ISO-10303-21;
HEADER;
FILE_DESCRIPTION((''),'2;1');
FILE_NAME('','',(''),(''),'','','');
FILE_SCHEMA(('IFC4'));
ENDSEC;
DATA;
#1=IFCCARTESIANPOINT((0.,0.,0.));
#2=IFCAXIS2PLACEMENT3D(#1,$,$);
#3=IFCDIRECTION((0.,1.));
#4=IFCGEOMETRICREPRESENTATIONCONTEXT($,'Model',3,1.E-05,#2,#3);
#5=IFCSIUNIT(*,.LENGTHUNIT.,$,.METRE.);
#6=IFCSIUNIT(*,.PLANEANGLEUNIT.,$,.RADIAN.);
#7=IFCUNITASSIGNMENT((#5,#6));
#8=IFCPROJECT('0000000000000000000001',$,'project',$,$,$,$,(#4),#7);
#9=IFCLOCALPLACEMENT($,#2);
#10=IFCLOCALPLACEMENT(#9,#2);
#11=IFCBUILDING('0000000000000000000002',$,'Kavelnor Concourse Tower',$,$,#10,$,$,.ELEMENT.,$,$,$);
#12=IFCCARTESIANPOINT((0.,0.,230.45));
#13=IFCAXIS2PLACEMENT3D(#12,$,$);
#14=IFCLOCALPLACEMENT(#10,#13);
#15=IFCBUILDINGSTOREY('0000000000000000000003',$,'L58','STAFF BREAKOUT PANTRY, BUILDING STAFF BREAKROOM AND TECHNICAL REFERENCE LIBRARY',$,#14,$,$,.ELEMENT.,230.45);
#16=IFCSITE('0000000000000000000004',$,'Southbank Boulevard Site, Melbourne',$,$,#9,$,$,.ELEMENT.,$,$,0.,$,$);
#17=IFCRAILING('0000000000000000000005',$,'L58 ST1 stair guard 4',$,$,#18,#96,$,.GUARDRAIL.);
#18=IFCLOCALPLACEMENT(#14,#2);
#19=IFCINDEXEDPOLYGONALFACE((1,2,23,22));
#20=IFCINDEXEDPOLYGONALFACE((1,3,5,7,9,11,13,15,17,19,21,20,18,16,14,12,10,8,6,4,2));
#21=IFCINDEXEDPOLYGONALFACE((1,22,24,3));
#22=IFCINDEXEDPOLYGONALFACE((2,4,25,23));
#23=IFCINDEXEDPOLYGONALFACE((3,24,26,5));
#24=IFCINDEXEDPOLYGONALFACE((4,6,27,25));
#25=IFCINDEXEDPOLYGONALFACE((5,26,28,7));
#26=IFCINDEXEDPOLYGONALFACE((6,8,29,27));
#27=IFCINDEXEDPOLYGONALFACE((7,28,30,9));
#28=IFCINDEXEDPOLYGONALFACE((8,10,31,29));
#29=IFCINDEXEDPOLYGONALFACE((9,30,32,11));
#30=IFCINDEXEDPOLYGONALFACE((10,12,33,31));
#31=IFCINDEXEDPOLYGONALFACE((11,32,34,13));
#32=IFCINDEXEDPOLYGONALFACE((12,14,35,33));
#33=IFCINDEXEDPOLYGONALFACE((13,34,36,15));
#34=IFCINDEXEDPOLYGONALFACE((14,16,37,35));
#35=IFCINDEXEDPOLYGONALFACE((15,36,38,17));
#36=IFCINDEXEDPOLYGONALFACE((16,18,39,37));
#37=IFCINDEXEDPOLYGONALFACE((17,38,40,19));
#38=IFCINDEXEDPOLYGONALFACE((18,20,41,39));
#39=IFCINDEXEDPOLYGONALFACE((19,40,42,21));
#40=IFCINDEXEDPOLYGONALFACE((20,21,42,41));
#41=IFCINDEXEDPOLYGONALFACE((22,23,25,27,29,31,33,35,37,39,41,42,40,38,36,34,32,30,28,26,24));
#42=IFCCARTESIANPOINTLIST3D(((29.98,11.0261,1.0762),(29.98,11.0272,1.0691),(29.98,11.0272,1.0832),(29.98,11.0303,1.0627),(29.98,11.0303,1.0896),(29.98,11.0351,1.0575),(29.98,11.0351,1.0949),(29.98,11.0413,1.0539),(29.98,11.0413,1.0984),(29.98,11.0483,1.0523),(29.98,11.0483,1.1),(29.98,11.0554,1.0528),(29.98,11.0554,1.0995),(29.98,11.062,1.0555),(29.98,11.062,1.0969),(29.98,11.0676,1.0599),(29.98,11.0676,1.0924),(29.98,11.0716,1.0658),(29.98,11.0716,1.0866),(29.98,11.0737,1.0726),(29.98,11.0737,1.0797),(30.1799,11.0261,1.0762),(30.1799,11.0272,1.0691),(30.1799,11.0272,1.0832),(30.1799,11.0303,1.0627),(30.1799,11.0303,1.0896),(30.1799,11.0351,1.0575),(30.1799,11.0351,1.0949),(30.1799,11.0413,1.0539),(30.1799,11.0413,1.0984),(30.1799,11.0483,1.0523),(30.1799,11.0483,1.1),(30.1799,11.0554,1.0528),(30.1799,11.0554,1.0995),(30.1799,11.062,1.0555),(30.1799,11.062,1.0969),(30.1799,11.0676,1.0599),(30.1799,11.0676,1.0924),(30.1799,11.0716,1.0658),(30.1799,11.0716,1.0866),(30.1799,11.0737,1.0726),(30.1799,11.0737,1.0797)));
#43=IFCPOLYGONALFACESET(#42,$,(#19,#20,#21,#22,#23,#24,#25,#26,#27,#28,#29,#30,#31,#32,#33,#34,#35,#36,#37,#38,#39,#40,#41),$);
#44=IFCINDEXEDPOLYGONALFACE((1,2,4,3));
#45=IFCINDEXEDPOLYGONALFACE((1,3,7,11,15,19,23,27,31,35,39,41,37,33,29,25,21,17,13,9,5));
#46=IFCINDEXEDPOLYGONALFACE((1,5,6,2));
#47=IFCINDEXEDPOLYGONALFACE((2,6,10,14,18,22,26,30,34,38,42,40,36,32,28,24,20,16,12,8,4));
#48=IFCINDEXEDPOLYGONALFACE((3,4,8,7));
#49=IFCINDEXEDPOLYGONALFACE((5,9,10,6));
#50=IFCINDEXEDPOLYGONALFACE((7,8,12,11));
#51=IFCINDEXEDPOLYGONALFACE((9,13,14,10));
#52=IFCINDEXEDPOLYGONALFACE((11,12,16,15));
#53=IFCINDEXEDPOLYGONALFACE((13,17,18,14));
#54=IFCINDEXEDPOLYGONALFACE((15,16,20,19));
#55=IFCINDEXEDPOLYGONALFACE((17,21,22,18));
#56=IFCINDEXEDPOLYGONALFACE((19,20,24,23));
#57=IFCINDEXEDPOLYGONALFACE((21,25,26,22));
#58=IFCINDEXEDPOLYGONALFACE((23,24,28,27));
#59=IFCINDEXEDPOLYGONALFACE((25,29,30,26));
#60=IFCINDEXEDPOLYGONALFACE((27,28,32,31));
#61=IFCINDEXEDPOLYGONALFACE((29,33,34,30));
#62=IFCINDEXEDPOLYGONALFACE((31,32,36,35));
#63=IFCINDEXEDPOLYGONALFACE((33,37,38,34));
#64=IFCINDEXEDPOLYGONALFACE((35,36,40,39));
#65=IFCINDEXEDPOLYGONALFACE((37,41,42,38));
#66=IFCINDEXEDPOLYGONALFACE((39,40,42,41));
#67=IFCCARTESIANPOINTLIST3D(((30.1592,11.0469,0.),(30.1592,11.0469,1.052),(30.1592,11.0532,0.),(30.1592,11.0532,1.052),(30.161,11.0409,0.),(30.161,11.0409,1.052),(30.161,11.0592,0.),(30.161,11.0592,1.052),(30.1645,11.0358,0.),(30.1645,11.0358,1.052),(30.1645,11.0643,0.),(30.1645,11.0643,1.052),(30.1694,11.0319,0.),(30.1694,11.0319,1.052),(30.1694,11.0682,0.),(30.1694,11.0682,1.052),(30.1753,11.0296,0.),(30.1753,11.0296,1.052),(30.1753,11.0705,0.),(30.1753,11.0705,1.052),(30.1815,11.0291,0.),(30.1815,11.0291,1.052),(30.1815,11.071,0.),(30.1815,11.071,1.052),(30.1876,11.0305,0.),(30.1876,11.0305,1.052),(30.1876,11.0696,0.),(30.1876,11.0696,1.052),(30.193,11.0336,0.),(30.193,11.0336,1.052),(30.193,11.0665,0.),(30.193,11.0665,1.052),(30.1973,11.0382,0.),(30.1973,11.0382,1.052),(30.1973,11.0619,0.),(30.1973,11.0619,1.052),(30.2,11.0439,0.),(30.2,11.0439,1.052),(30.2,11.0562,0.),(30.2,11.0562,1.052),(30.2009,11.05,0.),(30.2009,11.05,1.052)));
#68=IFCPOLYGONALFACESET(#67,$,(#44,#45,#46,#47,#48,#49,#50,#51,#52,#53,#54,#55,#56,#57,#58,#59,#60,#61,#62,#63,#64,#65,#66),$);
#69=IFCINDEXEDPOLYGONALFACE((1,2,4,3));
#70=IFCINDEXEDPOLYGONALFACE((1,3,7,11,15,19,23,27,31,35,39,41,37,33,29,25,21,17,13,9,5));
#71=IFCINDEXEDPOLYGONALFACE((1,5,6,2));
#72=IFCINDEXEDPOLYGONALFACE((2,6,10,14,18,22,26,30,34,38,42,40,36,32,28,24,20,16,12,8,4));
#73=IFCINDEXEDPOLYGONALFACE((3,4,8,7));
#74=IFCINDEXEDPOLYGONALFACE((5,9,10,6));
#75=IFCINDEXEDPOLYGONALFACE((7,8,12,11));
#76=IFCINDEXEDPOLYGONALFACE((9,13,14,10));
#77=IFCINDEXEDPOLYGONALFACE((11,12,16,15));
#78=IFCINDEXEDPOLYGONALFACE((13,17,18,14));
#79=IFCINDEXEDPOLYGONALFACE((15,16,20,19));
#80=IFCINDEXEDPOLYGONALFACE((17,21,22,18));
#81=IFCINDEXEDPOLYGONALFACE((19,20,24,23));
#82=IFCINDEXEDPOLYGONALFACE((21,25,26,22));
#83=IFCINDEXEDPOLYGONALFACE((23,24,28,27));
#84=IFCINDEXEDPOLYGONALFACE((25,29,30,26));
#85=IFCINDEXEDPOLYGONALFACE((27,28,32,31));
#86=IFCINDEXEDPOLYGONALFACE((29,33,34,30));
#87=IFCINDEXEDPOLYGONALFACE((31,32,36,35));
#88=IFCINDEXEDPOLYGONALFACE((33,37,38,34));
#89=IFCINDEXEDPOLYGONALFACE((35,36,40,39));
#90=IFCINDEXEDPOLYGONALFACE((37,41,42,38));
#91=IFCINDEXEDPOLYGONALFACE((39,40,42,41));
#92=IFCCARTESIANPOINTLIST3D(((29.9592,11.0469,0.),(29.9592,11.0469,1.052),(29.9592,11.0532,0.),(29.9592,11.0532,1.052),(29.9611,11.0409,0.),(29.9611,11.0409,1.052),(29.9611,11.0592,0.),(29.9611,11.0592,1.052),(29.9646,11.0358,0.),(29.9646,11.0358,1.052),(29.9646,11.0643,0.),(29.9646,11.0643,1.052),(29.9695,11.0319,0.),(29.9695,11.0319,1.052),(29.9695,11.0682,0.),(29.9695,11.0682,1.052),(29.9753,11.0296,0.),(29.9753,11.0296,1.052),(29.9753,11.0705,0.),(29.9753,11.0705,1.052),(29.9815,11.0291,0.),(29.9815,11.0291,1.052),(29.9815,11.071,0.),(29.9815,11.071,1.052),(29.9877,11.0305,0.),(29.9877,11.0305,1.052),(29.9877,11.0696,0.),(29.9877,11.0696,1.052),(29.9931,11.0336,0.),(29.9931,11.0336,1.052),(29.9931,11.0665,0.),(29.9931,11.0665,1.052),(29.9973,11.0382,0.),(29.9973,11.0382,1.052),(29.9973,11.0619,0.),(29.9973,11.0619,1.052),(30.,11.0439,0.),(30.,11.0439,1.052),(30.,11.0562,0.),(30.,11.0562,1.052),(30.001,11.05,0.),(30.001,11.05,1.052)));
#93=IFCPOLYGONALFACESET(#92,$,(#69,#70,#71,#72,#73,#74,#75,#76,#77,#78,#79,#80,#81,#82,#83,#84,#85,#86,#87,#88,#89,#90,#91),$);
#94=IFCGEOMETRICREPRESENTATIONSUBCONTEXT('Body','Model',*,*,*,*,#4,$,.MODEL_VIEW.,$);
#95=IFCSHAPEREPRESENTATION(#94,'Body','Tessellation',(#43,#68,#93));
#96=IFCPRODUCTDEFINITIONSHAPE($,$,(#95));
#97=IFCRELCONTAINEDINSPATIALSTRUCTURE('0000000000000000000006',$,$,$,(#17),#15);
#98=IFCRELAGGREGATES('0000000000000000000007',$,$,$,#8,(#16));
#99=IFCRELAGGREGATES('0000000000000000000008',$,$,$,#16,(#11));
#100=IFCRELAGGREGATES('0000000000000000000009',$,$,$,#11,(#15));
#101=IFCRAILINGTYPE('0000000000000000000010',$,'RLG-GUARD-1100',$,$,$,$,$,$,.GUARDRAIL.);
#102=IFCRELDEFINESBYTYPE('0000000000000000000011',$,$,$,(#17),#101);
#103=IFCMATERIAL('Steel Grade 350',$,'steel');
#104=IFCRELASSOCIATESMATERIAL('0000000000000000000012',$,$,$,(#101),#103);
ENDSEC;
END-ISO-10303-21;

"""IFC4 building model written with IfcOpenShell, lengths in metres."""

from ifc_helpers import new_model, si_unit, direction, frame, origin, origin_2d, place, context, subcontext, project, spatial, circle, extrude, material, type_object, element, save


model = new_model("IFC4")

# Units and contexts
model_context = context("Model", 3, precision=1e-05, world=origin(), true_north=direction((0.0, 1.0)))
body_context = subcontext(model_context, "Body", "Model", "MODEL_VIEW")
ifc_project = project(units=[si_unit("LENGTHUNIT", "METRE"), si_unit("PLANEANGLEUNIT", "RADIAN")], contexts=[model_context])

# Site, building, storey
site_placement = place(None, origin())
site = spatial("IfcSite", under=ifc_project, at=site_placement, Name="Southbank Boulevard Site, Melbourne", CompositionType="ELEMENT", RefElevation=0.0)
building_placement = place(site_placement, origin())
building = spatial("IfcBuilding", under=site, at=building_placement, Name="Kavelnor Concourse Tower", CompositionType="ELEMENT")
storey_placement = place(building_placement, frame((0.0, 0.0, 230.45)))
storey = spatial("IfcBuildingStorey", under=building, at=storey_placement, Name="L58", Description="STAFF BREAKOUT PANTRY, BUILDING STAFF BREAKROOM AND TECHNICAL REFERENCE LIBRARY", CompositionType="ELEMENT", Elevation=230.45)

# Shared definitions
ifc_material_1 = material(Name="Steel Grade 350", Category="steel")

# Railing
railing_type_1 = type_object("IfcRailingType", Name="RLG-GUARD-1100", PredefinedType="GUARDRAIL", material=ifc_material_1)
railing_1_placement = place(storey_placement, frame((30.1799, 11.05, 0.0)))
element("IfcRailing", 1, at=railing_1_placement, inside=storey, type_object=railing_type_1, Name="L58 ST1 stair guard 4", PredefinedType="GUARDRAIL", context=body_context, shape_type="SweptSolid", body=[
    extrude(circle(Radius=0.0239, at=origin_2d()), frame((0.0, 0.0, 1.0762), z_axis=(-1.0, 0.0, 0.0), x_axis=(0.0, -1.0, 0.0)), (0.0, 0.0, 1.0), 0.2),
    extrude(circle(Radius=0.021, at=origin_2d()), origin(), (0.0, 0.0, 1.0), 1.052),
    extrude(circle(Radius=0.021, at=origin_2d()), frame((-0.2, 0.0, 0.0)), (0.0, 0.0, 1.0), 1.052),
])

save(model, "model.ifc")
